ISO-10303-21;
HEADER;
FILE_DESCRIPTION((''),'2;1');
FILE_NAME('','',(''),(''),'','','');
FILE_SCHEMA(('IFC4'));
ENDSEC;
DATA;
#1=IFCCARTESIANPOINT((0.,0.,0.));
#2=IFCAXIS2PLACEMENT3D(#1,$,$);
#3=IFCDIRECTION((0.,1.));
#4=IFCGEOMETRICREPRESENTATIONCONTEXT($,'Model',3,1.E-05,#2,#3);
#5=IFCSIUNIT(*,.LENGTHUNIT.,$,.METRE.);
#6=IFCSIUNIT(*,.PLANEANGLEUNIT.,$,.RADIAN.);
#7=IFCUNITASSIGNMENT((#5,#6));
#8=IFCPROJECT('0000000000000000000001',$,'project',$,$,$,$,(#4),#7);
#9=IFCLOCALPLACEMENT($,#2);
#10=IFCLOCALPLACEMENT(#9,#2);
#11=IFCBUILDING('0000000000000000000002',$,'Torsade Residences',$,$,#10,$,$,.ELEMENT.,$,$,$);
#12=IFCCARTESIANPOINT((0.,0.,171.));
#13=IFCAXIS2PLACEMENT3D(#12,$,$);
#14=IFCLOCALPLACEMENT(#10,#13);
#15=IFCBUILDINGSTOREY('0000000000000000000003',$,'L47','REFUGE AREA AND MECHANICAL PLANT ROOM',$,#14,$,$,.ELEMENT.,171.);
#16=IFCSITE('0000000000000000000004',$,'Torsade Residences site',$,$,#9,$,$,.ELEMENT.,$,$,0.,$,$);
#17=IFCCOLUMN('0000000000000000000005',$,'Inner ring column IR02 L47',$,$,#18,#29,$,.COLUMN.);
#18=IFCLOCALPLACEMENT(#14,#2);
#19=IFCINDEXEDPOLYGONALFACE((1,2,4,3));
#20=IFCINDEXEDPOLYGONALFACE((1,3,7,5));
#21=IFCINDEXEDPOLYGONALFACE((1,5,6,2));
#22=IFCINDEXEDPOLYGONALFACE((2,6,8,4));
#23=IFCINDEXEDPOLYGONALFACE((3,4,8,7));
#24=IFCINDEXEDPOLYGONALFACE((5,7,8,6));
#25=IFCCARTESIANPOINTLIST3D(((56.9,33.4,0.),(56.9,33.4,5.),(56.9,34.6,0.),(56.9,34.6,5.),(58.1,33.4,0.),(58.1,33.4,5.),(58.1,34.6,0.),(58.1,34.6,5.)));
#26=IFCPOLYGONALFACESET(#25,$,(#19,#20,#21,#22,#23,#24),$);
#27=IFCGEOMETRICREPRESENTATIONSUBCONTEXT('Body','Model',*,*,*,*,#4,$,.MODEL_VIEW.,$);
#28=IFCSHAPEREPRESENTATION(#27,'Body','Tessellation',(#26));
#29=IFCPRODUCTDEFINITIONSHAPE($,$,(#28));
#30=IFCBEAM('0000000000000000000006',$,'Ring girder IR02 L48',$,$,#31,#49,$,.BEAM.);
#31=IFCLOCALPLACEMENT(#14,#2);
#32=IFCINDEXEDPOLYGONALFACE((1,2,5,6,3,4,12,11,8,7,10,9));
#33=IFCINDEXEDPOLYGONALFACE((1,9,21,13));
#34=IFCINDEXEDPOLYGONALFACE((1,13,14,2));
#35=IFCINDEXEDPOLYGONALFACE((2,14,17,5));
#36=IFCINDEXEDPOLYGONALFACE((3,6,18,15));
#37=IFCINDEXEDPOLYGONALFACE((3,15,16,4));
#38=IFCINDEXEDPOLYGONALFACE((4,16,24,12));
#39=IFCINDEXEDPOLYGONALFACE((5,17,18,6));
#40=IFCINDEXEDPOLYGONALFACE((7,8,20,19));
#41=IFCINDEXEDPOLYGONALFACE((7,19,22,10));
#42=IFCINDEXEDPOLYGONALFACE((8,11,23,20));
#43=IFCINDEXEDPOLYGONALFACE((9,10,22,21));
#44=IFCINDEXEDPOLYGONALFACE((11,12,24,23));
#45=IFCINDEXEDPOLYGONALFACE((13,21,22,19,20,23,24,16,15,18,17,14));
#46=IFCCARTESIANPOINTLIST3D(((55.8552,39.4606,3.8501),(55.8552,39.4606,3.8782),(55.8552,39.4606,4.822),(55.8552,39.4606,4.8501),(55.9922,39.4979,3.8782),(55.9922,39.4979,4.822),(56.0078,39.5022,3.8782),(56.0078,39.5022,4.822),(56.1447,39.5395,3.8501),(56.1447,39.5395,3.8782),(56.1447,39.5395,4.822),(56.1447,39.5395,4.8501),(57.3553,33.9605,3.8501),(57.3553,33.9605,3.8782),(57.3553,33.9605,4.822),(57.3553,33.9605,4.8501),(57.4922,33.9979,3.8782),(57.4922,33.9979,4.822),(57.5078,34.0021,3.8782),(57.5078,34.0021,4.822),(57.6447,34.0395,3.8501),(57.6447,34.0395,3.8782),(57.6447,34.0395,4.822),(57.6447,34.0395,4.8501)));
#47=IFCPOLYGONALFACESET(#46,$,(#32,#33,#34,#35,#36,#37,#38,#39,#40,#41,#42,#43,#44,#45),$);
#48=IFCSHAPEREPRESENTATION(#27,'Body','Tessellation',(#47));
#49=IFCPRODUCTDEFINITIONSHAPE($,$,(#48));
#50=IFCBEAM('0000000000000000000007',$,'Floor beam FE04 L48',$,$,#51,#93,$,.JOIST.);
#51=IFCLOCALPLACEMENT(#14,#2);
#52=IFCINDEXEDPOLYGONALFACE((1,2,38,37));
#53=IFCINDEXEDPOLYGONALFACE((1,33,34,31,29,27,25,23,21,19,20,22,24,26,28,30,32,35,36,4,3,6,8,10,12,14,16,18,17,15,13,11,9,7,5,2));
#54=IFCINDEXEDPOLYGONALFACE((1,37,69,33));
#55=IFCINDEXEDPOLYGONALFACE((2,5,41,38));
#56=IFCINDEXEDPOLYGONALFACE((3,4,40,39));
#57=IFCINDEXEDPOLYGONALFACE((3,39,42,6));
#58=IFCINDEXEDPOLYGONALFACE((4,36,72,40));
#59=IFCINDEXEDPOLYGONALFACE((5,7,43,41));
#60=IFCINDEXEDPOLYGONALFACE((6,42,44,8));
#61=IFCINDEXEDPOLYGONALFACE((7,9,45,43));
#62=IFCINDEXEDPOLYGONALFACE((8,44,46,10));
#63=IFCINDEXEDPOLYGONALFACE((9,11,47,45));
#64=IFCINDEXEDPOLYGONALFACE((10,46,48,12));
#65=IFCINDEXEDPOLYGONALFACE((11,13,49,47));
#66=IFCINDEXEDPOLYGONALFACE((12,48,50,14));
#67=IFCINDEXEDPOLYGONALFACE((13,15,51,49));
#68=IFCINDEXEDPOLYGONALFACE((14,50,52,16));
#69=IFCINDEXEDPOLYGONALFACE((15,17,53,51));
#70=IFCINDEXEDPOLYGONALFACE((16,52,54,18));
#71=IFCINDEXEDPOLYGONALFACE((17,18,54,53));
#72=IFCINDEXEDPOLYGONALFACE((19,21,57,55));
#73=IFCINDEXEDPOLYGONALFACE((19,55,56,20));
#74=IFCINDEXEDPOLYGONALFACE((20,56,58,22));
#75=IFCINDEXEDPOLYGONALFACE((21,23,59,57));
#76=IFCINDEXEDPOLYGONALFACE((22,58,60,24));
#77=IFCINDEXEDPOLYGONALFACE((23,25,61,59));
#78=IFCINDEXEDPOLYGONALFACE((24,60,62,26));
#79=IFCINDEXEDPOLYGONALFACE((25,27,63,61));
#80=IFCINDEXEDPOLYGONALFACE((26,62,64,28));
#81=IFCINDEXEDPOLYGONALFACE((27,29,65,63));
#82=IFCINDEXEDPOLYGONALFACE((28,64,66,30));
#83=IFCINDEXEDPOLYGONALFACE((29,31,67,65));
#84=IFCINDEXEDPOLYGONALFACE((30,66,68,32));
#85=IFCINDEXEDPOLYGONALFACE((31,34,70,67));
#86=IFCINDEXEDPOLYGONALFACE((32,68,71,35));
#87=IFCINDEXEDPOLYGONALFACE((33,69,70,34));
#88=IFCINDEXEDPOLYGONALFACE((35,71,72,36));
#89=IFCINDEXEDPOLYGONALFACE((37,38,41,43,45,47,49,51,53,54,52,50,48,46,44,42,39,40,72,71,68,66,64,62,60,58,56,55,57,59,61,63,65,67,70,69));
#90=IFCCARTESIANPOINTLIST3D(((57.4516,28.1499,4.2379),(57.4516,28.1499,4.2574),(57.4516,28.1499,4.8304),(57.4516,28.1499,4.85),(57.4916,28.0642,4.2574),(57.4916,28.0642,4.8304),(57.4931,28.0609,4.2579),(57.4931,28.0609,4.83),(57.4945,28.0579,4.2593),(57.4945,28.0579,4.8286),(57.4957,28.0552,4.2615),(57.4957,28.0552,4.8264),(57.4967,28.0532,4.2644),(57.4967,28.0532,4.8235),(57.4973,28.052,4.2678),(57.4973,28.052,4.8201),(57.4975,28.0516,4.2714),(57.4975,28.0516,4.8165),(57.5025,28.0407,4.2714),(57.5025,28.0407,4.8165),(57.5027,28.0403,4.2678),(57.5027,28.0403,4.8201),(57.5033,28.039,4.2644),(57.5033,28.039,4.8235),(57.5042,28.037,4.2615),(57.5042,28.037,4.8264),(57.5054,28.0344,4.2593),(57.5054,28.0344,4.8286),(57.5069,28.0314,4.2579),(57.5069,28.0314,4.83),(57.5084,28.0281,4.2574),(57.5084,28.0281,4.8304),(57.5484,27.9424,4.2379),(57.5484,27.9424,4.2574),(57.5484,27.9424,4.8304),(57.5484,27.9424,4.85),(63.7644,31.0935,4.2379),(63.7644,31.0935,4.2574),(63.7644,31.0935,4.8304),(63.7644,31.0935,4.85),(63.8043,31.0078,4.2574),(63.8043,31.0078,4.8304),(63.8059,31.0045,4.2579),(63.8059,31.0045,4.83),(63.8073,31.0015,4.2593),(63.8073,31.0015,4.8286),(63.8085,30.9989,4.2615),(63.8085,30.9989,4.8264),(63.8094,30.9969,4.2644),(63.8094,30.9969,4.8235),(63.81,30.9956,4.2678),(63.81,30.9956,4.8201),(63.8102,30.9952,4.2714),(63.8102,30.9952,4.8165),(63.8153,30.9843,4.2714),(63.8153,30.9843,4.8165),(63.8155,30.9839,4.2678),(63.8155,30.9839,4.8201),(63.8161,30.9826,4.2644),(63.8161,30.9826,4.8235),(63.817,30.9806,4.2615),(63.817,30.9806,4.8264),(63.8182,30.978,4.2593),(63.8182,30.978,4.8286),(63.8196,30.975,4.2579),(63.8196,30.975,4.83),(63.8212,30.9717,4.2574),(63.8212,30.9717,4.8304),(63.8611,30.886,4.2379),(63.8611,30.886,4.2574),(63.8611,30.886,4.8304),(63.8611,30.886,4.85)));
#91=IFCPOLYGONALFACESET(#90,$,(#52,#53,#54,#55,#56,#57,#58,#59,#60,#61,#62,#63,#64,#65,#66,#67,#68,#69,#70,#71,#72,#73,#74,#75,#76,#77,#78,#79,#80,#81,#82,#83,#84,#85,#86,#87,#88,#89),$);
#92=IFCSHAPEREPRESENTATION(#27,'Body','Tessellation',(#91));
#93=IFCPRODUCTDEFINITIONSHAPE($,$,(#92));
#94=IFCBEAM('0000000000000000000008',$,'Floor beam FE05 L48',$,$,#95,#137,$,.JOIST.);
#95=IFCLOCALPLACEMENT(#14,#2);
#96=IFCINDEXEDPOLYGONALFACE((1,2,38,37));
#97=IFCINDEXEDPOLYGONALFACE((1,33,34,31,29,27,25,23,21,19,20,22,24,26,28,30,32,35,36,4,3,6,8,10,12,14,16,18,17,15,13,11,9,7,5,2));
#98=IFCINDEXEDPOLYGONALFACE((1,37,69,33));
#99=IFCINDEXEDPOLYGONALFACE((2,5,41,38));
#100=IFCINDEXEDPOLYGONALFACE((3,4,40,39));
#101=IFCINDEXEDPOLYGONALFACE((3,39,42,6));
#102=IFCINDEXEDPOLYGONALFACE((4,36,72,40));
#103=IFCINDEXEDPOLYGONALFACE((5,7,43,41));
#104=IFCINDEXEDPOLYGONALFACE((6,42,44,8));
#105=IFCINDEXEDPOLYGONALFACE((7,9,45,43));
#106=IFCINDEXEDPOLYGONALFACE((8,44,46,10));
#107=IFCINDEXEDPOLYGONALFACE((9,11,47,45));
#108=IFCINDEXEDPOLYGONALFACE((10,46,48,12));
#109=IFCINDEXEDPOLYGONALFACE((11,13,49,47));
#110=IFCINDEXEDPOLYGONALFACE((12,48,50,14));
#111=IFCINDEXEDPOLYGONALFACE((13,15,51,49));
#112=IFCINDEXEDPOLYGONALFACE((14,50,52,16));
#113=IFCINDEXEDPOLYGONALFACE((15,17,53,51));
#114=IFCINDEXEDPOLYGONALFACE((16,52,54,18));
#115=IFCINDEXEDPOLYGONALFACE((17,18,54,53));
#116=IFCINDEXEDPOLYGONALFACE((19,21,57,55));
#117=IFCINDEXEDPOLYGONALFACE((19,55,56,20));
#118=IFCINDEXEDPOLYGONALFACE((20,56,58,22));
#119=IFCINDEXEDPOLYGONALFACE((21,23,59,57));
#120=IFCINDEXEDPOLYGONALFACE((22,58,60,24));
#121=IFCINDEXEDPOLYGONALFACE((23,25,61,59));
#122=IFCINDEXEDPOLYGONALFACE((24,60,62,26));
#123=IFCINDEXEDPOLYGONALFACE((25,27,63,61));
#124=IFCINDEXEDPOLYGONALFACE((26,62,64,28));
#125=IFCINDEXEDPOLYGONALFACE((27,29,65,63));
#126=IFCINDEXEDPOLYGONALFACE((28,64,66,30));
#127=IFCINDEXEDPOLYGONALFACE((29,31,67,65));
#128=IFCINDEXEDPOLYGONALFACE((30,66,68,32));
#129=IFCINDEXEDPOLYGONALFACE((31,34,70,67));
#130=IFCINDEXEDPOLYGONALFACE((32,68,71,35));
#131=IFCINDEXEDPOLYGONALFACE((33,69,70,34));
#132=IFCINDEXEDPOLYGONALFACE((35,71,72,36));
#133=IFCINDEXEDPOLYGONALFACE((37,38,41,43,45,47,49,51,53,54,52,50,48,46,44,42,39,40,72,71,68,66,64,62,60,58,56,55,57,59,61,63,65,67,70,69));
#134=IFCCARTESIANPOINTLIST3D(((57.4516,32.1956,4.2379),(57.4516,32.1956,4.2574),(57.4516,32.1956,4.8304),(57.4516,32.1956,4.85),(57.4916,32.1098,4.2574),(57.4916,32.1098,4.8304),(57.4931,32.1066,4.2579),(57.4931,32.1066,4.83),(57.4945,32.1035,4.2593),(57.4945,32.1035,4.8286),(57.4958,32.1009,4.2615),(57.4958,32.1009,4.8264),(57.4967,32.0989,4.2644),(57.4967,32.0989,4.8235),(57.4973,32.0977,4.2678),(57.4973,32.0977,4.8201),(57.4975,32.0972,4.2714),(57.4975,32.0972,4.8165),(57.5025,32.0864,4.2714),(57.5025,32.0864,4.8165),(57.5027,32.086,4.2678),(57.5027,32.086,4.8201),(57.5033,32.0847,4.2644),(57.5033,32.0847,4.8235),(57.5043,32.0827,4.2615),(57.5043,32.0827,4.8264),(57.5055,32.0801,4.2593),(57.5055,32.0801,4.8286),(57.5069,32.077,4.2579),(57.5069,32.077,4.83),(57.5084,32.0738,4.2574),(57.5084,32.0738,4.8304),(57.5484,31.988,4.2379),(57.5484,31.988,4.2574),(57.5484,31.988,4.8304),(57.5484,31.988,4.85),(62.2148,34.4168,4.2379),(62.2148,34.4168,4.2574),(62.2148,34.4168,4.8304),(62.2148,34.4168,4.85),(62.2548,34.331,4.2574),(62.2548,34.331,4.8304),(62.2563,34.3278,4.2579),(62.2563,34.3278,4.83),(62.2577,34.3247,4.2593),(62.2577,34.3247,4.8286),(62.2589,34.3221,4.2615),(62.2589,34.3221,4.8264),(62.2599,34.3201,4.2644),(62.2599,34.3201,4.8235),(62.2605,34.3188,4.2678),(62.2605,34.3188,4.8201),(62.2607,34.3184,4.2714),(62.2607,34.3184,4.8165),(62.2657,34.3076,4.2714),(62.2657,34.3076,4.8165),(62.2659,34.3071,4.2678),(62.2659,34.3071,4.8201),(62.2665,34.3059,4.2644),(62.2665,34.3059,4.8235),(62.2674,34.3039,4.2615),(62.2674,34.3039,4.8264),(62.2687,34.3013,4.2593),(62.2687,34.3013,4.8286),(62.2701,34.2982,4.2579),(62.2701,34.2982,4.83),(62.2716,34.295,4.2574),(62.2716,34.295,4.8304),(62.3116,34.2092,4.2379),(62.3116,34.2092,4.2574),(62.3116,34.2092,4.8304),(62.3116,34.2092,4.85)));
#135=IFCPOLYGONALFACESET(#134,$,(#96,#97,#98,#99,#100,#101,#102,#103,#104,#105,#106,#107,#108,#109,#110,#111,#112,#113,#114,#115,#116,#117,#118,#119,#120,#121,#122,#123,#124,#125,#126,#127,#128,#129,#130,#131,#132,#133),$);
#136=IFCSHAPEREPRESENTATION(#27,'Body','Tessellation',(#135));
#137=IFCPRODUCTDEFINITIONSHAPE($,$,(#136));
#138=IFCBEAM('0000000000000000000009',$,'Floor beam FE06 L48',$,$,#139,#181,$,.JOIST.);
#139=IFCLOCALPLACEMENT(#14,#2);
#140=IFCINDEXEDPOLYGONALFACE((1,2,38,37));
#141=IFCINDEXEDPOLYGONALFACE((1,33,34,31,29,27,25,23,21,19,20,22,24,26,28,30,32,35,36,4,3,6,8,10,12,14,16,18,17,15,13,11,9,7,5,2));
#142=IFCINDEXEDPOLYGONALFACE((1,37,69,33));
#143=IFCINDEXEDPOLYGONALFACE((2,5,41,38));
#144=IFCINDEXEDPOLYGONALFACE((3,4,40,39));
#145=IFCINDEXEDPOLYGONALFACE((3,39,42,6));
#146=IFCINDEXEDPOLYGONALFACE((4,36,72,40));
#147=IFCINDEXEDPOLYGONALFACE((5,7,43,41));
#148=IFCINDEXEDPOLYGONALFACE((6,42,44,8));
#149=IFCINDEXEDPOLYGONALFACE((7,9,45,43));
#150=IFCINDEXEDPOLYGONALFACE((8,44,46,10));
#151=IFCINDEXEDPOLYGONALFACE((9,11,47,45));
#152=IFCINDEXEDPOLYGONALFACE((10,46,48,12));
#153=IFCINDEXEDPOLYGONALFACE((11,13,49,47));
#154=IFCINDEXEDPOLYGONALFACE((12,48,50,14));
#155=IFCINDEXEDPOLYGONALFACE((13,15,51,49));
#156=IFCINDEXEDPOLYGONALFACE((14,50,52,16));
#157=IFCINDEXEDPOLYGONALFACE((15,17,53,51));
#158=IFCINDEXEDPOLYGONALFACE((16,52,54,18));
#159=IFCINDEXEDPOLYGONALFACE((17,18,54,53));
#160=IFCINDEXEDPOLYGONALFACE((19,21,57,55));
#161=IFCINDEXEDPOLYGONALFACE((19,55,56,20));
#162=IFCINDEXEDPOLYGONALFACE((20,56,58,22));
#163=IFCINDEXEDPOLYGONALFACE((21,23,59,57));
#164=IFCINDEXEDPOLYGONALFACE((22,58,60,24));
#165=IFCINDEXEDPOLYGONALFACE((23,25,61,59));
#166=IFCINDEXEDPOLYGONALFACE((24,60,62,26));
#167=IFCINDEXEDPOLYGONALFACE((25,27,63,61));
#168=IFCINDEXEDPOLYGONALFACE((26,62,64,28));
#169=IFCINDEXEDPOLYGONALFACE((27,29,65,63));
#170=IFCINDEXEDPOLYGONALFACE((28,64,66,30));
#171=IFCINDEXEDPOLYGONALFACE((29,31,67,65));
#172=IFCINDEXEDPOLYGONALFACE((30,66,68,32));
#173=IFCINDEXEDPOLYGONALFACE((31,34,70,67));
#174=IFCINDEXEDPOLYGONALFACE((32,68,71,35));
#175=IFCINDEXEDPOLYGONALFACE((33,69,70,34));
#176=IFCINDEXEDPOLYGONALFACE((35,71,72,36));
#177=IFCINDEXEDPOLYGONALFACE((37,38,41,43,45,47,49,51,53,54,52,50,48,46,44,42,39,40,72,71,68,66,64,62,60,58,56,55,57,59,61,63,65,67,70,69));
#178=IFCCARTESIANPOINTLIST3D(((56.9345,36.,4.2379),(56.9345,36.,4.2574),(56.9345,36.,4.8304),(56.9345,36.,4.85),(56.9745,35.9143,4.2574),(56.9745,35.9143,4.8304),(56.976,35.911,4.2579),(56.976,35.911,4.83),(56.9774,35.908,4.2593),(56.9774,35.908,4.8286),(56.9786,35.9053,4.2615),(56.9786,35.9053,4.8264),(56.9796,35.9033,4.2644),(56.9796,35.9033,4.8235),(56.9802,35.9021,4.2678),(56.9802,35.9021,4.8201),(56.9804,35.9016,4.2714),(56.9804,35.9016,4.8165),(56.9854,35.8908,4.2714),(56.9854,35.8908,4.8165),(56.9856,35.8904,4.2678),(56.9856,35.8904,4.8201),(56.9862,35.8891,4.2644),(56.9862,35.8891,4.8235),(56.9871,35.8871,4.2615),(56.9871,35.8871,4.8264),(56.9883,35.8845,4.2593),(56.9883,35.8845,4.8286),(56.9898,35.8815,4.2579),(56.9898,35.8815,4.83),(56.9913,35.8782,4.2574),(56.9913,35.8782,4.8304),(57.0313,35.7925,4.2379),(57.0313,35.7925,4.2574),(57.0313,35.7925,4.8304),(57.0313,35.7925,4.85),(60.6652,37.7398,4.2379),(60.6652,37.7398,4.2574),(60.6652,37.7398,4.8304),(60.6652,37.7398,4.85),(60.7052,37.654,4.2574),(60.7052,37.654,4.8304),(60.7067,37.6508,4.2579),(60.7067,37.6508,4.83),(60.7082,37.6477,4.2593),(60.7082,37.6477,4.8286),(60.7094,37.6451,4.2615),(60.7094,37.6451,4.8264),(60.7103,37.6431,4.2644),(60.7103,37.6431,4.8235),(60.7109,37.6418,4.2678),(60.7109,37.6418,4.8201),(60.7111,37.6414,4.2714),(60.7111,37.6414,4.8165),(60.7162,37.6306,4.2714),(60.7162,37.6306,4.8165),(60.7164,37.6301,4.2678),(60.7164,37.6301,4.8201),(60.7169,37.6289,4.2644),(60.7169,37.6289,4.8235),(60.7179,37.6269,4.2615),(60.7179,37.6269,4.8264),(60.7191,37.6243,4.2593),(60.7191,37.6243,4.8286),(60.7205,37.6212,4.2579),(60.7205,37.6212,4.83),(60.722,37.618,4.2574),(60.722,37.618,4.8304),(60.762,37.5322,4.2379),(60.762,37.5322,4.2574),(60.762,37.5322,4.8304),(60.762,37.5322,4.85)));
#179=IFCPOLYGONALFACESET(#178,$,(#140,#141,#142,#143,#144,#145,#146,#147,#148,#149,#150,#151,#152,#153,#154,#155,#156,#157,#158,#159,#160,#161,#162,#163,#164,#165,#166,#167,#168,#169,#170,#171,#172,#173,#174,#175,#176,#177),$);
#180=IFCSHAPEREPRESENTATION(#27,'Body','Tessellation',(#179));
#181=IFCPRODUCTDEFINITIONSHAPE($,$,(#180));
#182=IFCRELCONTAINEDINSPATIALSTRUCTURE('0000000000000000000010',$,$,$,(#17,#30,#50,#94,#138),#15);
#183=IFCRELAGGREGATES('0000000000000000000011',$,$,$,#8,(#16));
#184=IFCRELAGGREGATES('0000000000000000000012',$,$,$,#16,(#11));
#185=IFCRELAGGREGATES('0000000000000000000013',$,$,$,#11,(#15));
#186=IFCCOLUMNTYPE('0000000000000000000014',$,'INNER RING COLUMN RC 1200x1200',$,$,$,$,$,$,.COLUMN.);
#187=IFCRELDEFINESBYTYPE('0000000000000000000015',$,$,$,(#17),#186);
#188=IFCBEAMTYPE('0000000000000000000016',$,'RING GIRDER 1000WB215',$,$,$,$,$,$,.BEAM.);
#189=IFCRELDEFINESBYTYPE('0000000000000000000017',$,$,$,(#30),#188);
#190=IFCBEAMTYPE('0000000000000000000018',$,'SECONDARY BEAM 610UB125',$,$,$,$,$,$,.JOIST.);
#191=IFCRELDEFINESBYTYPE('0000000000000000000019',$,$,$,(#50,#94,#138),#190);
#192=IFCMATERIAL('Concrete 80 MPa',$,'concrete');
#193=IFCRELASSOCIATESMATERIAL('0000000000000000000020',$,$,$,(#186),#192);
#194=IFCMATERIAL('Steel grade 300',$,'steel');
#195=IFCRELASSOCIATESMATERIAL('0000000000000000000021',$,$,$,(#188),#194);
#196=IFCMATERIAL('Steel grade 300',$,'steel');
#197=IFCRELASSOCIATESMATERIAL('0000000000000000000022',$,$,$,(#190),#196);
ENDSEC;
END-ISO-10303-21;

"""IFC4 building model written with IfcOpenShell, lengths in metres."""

from ifc_helpers import new_model, si_unit, direction, frame, origin, origin_2d, place, context, subcontext, project, spatial, rectangle, i_section, extrude, material, material_profile, profile_set, type_object, element, save


model = new_model("IFC4")

# Units and contexts
model_context = context("Model", 3, precision=1e-05, world=origin(), true_north=direction((0.0, 1.0)))
body_context = subcontext(model_context, "Body", "Model", "MODEL_VIEW")
ifc_project = project(units=[si_unit("LENGTHUNIT", "METRE"), si_unit("PLANEANGLEUNIT", "RADIAN")], contexts=[model_context])

# Site, building, storey
site_placement = place(None, origin())
site = spatial("IfcSite", under=ifc_project, at=site_placement, Name="Torsade Residences site", CompositionType="ELEMENT", RefElevation=0.0)
building_placement = place(site_placement, origin())
building = spatial("IfcBuilding", under=site, at=building_placement, Name="Torsade Residences", CompositionType="ELEMENT")
storey_placement = place(building_placement, frame((0.0, 0.0, 171.0)))
storey = spatial("IfcBuildingStorey", under=building, at=storey_placement, Name="L47", Description="REFUGE AREA AND MECHANICAL PLANT ROOM", CompositionType="ELEMENT", Elevation=171.0)

# Column
ifc_material_1 = material(Name="Concrete 80 MPa", Category="concrete")
ifc_material_profile_1 = material_profile(ifc_material_1, rectangle(XDim=1.2, YDim=1.2, at=origin_2d()), Name="RC 1200x1200")
ifc_profile_set_1 = profile_set([ifc_material_profile_1], Name="Concrete 80 MPa")
column_type = type_object("IfcColumnType", Name="INNER RING COLUMN RC 1200x1200", PredefinedType="COLUMN", material=ifc_profile_set_1)
column_placement = place(storey_placement, frame((57.5, 34.0, 0.0), z_axis=(0.0, 0.0, 1.0), x_axis=(1.0, 0.0, 0.0)))
element("IfcColumn", 1, at=column_placement, inside=storey, type_object=column_type, Name="Inner ring column IR02 L47", PredefinedType="COLUMN", context=body_context, shape_type="SweptSolid", body=[
    extrude(rectangle(XDim=1.2, YDim=1.2, at=origin_2d()), origin(), (0.0, 0.0, 1.0), 5.0),
])

# Beams
ifc_material_2 = material(Name="Steel grade 300", Category="steel")
ifc_material_profile_2 = material_profile(ifc_material_2, i_section(OverallWidth=0.3, OverallDepth=1.0, WebThickness=0.0161, FlangeThickness=0.0281, at=origin_2d()), Name="1000WB215")
ifc_profile_set_2 = profile_set([ifc_material_profile_2], Name="Steel grade 300")
beam_type_1 = type_object("IfcBeamType", Name="RING GIRDER 1000WB215", PredefinedType="BEAM", material=ifc_profile_set_2)
beam_1_placement = place(storey_placement, frame((57.5, 34.0, 4.3501), z_axis=(-0.263117, 0.964764, 0.0), x_axis=(-0.964764, -0.263117, 0.0)))
element("IfcBeam", 2, at=beam_1_placement, inside=storey, type_object=beam_type_1, Name="Ring girder IR02 L48", PredefinedType="BEAM", context=body_context, shape_type="SweptSolid", body=[
    extrude(i_section(OverallWidth=0.3, OverallDepth=1.0, WebThickness=0.0161, FlangeThickness=0.0281, at=origin_2d()), origin(), (0.0, 0.0, 1.0), 5.7009),
])
ifc_material_3 = material(Name="Steel grade 300", Category="steel")
ifc_material_profile_3 = material_profile(ifc_material_3, i_section(OverallWidth=0.229, OverallDepth=0.6121, WebThickness=0.012, FlangeThickness=0.0195, FilletRadius=0.0139, at=origin_2d()), Name="610UB125")
ifc_profile_set_3 = profile_set([ifc_material_profile_3], Name="Steel grade 300")
beam_type_2 = type_object("IfcBeamType", Name="SECONDARY BEAM 610UB125", PredefinedType="JOIST", material=ifc_profile_set_3)
beam_2_placement = place(storey_placement, frame((63.8127, 30.9897, 4.5439), z_axis=(-0.906312, -0.422609, 0.0), x_axis=(0.422609, -0.906312, 0.0)))
element("IfcBeam", 3, at=beam_2_placement, inside=storey, type_object=beam_type_2, Name="Floor beam FE04 L48", PredefinedType="JOIST", context=body_context, shape_type="SweptSolid", body=[
    extrude(i_section(OverallWidth=0.229, OverallDepth=0.6121, WebThickness=0.012, FlangeThickness=0.0195, FilletRadius=0.0139, at=origin_2d()), origin(), (0.0, 0.0, 1.0), 6.9653),
])
beam_3_placement = place(storey_placement, frame((62.2632, 34.313, 4.5439), z_axis=(-0.906302, -0.422631, 0.0), x_axis=(0.422631, -0.906302, 0.0)))
element("IfcBeam", 4, at=beam_3_placement, inside=storey, type_object=beam_type_2, Name="Floor beam FE05 L48", PredefinedType="JOIST", context=body_context, shape_type="SweptSolid", body=[
    extrude(i_section(OverallWidth=0.229, OverallDepth=0.6121, WebThickness=0.012, FlangeThickness=0.0195, FilletRadius=0.0139, at=origin_2d()), origin(), (0.0, 0.0, 1.0), 5.2556),
])
beam_4_placement = place(storey_placement, frame((60.7136, 37.636, 4.5439), z_axis=(-0.9063, -0.422635, 0.0), x_axis=(0.422635, -0.9063, 0.0)))
element("IfcBeam", 5, at=beam_4_placement, inside=storey, type_object=beam_type_2, Name="Floor beam FE06 L48", PredefinedType="JOIST", context=body_context, shape_type="SweptSolid", body=[
    extrude(i_section(OverallWidth=0.229, OverallDepth=0.6121, WebThickness=0.012, FlangeThickness=0.0195, FilletRadius=0.0139, at=origin_2d()), origin(), (0.0, 0.0, 1.0), 4.1165),
])

save(model, "model.ifc")
